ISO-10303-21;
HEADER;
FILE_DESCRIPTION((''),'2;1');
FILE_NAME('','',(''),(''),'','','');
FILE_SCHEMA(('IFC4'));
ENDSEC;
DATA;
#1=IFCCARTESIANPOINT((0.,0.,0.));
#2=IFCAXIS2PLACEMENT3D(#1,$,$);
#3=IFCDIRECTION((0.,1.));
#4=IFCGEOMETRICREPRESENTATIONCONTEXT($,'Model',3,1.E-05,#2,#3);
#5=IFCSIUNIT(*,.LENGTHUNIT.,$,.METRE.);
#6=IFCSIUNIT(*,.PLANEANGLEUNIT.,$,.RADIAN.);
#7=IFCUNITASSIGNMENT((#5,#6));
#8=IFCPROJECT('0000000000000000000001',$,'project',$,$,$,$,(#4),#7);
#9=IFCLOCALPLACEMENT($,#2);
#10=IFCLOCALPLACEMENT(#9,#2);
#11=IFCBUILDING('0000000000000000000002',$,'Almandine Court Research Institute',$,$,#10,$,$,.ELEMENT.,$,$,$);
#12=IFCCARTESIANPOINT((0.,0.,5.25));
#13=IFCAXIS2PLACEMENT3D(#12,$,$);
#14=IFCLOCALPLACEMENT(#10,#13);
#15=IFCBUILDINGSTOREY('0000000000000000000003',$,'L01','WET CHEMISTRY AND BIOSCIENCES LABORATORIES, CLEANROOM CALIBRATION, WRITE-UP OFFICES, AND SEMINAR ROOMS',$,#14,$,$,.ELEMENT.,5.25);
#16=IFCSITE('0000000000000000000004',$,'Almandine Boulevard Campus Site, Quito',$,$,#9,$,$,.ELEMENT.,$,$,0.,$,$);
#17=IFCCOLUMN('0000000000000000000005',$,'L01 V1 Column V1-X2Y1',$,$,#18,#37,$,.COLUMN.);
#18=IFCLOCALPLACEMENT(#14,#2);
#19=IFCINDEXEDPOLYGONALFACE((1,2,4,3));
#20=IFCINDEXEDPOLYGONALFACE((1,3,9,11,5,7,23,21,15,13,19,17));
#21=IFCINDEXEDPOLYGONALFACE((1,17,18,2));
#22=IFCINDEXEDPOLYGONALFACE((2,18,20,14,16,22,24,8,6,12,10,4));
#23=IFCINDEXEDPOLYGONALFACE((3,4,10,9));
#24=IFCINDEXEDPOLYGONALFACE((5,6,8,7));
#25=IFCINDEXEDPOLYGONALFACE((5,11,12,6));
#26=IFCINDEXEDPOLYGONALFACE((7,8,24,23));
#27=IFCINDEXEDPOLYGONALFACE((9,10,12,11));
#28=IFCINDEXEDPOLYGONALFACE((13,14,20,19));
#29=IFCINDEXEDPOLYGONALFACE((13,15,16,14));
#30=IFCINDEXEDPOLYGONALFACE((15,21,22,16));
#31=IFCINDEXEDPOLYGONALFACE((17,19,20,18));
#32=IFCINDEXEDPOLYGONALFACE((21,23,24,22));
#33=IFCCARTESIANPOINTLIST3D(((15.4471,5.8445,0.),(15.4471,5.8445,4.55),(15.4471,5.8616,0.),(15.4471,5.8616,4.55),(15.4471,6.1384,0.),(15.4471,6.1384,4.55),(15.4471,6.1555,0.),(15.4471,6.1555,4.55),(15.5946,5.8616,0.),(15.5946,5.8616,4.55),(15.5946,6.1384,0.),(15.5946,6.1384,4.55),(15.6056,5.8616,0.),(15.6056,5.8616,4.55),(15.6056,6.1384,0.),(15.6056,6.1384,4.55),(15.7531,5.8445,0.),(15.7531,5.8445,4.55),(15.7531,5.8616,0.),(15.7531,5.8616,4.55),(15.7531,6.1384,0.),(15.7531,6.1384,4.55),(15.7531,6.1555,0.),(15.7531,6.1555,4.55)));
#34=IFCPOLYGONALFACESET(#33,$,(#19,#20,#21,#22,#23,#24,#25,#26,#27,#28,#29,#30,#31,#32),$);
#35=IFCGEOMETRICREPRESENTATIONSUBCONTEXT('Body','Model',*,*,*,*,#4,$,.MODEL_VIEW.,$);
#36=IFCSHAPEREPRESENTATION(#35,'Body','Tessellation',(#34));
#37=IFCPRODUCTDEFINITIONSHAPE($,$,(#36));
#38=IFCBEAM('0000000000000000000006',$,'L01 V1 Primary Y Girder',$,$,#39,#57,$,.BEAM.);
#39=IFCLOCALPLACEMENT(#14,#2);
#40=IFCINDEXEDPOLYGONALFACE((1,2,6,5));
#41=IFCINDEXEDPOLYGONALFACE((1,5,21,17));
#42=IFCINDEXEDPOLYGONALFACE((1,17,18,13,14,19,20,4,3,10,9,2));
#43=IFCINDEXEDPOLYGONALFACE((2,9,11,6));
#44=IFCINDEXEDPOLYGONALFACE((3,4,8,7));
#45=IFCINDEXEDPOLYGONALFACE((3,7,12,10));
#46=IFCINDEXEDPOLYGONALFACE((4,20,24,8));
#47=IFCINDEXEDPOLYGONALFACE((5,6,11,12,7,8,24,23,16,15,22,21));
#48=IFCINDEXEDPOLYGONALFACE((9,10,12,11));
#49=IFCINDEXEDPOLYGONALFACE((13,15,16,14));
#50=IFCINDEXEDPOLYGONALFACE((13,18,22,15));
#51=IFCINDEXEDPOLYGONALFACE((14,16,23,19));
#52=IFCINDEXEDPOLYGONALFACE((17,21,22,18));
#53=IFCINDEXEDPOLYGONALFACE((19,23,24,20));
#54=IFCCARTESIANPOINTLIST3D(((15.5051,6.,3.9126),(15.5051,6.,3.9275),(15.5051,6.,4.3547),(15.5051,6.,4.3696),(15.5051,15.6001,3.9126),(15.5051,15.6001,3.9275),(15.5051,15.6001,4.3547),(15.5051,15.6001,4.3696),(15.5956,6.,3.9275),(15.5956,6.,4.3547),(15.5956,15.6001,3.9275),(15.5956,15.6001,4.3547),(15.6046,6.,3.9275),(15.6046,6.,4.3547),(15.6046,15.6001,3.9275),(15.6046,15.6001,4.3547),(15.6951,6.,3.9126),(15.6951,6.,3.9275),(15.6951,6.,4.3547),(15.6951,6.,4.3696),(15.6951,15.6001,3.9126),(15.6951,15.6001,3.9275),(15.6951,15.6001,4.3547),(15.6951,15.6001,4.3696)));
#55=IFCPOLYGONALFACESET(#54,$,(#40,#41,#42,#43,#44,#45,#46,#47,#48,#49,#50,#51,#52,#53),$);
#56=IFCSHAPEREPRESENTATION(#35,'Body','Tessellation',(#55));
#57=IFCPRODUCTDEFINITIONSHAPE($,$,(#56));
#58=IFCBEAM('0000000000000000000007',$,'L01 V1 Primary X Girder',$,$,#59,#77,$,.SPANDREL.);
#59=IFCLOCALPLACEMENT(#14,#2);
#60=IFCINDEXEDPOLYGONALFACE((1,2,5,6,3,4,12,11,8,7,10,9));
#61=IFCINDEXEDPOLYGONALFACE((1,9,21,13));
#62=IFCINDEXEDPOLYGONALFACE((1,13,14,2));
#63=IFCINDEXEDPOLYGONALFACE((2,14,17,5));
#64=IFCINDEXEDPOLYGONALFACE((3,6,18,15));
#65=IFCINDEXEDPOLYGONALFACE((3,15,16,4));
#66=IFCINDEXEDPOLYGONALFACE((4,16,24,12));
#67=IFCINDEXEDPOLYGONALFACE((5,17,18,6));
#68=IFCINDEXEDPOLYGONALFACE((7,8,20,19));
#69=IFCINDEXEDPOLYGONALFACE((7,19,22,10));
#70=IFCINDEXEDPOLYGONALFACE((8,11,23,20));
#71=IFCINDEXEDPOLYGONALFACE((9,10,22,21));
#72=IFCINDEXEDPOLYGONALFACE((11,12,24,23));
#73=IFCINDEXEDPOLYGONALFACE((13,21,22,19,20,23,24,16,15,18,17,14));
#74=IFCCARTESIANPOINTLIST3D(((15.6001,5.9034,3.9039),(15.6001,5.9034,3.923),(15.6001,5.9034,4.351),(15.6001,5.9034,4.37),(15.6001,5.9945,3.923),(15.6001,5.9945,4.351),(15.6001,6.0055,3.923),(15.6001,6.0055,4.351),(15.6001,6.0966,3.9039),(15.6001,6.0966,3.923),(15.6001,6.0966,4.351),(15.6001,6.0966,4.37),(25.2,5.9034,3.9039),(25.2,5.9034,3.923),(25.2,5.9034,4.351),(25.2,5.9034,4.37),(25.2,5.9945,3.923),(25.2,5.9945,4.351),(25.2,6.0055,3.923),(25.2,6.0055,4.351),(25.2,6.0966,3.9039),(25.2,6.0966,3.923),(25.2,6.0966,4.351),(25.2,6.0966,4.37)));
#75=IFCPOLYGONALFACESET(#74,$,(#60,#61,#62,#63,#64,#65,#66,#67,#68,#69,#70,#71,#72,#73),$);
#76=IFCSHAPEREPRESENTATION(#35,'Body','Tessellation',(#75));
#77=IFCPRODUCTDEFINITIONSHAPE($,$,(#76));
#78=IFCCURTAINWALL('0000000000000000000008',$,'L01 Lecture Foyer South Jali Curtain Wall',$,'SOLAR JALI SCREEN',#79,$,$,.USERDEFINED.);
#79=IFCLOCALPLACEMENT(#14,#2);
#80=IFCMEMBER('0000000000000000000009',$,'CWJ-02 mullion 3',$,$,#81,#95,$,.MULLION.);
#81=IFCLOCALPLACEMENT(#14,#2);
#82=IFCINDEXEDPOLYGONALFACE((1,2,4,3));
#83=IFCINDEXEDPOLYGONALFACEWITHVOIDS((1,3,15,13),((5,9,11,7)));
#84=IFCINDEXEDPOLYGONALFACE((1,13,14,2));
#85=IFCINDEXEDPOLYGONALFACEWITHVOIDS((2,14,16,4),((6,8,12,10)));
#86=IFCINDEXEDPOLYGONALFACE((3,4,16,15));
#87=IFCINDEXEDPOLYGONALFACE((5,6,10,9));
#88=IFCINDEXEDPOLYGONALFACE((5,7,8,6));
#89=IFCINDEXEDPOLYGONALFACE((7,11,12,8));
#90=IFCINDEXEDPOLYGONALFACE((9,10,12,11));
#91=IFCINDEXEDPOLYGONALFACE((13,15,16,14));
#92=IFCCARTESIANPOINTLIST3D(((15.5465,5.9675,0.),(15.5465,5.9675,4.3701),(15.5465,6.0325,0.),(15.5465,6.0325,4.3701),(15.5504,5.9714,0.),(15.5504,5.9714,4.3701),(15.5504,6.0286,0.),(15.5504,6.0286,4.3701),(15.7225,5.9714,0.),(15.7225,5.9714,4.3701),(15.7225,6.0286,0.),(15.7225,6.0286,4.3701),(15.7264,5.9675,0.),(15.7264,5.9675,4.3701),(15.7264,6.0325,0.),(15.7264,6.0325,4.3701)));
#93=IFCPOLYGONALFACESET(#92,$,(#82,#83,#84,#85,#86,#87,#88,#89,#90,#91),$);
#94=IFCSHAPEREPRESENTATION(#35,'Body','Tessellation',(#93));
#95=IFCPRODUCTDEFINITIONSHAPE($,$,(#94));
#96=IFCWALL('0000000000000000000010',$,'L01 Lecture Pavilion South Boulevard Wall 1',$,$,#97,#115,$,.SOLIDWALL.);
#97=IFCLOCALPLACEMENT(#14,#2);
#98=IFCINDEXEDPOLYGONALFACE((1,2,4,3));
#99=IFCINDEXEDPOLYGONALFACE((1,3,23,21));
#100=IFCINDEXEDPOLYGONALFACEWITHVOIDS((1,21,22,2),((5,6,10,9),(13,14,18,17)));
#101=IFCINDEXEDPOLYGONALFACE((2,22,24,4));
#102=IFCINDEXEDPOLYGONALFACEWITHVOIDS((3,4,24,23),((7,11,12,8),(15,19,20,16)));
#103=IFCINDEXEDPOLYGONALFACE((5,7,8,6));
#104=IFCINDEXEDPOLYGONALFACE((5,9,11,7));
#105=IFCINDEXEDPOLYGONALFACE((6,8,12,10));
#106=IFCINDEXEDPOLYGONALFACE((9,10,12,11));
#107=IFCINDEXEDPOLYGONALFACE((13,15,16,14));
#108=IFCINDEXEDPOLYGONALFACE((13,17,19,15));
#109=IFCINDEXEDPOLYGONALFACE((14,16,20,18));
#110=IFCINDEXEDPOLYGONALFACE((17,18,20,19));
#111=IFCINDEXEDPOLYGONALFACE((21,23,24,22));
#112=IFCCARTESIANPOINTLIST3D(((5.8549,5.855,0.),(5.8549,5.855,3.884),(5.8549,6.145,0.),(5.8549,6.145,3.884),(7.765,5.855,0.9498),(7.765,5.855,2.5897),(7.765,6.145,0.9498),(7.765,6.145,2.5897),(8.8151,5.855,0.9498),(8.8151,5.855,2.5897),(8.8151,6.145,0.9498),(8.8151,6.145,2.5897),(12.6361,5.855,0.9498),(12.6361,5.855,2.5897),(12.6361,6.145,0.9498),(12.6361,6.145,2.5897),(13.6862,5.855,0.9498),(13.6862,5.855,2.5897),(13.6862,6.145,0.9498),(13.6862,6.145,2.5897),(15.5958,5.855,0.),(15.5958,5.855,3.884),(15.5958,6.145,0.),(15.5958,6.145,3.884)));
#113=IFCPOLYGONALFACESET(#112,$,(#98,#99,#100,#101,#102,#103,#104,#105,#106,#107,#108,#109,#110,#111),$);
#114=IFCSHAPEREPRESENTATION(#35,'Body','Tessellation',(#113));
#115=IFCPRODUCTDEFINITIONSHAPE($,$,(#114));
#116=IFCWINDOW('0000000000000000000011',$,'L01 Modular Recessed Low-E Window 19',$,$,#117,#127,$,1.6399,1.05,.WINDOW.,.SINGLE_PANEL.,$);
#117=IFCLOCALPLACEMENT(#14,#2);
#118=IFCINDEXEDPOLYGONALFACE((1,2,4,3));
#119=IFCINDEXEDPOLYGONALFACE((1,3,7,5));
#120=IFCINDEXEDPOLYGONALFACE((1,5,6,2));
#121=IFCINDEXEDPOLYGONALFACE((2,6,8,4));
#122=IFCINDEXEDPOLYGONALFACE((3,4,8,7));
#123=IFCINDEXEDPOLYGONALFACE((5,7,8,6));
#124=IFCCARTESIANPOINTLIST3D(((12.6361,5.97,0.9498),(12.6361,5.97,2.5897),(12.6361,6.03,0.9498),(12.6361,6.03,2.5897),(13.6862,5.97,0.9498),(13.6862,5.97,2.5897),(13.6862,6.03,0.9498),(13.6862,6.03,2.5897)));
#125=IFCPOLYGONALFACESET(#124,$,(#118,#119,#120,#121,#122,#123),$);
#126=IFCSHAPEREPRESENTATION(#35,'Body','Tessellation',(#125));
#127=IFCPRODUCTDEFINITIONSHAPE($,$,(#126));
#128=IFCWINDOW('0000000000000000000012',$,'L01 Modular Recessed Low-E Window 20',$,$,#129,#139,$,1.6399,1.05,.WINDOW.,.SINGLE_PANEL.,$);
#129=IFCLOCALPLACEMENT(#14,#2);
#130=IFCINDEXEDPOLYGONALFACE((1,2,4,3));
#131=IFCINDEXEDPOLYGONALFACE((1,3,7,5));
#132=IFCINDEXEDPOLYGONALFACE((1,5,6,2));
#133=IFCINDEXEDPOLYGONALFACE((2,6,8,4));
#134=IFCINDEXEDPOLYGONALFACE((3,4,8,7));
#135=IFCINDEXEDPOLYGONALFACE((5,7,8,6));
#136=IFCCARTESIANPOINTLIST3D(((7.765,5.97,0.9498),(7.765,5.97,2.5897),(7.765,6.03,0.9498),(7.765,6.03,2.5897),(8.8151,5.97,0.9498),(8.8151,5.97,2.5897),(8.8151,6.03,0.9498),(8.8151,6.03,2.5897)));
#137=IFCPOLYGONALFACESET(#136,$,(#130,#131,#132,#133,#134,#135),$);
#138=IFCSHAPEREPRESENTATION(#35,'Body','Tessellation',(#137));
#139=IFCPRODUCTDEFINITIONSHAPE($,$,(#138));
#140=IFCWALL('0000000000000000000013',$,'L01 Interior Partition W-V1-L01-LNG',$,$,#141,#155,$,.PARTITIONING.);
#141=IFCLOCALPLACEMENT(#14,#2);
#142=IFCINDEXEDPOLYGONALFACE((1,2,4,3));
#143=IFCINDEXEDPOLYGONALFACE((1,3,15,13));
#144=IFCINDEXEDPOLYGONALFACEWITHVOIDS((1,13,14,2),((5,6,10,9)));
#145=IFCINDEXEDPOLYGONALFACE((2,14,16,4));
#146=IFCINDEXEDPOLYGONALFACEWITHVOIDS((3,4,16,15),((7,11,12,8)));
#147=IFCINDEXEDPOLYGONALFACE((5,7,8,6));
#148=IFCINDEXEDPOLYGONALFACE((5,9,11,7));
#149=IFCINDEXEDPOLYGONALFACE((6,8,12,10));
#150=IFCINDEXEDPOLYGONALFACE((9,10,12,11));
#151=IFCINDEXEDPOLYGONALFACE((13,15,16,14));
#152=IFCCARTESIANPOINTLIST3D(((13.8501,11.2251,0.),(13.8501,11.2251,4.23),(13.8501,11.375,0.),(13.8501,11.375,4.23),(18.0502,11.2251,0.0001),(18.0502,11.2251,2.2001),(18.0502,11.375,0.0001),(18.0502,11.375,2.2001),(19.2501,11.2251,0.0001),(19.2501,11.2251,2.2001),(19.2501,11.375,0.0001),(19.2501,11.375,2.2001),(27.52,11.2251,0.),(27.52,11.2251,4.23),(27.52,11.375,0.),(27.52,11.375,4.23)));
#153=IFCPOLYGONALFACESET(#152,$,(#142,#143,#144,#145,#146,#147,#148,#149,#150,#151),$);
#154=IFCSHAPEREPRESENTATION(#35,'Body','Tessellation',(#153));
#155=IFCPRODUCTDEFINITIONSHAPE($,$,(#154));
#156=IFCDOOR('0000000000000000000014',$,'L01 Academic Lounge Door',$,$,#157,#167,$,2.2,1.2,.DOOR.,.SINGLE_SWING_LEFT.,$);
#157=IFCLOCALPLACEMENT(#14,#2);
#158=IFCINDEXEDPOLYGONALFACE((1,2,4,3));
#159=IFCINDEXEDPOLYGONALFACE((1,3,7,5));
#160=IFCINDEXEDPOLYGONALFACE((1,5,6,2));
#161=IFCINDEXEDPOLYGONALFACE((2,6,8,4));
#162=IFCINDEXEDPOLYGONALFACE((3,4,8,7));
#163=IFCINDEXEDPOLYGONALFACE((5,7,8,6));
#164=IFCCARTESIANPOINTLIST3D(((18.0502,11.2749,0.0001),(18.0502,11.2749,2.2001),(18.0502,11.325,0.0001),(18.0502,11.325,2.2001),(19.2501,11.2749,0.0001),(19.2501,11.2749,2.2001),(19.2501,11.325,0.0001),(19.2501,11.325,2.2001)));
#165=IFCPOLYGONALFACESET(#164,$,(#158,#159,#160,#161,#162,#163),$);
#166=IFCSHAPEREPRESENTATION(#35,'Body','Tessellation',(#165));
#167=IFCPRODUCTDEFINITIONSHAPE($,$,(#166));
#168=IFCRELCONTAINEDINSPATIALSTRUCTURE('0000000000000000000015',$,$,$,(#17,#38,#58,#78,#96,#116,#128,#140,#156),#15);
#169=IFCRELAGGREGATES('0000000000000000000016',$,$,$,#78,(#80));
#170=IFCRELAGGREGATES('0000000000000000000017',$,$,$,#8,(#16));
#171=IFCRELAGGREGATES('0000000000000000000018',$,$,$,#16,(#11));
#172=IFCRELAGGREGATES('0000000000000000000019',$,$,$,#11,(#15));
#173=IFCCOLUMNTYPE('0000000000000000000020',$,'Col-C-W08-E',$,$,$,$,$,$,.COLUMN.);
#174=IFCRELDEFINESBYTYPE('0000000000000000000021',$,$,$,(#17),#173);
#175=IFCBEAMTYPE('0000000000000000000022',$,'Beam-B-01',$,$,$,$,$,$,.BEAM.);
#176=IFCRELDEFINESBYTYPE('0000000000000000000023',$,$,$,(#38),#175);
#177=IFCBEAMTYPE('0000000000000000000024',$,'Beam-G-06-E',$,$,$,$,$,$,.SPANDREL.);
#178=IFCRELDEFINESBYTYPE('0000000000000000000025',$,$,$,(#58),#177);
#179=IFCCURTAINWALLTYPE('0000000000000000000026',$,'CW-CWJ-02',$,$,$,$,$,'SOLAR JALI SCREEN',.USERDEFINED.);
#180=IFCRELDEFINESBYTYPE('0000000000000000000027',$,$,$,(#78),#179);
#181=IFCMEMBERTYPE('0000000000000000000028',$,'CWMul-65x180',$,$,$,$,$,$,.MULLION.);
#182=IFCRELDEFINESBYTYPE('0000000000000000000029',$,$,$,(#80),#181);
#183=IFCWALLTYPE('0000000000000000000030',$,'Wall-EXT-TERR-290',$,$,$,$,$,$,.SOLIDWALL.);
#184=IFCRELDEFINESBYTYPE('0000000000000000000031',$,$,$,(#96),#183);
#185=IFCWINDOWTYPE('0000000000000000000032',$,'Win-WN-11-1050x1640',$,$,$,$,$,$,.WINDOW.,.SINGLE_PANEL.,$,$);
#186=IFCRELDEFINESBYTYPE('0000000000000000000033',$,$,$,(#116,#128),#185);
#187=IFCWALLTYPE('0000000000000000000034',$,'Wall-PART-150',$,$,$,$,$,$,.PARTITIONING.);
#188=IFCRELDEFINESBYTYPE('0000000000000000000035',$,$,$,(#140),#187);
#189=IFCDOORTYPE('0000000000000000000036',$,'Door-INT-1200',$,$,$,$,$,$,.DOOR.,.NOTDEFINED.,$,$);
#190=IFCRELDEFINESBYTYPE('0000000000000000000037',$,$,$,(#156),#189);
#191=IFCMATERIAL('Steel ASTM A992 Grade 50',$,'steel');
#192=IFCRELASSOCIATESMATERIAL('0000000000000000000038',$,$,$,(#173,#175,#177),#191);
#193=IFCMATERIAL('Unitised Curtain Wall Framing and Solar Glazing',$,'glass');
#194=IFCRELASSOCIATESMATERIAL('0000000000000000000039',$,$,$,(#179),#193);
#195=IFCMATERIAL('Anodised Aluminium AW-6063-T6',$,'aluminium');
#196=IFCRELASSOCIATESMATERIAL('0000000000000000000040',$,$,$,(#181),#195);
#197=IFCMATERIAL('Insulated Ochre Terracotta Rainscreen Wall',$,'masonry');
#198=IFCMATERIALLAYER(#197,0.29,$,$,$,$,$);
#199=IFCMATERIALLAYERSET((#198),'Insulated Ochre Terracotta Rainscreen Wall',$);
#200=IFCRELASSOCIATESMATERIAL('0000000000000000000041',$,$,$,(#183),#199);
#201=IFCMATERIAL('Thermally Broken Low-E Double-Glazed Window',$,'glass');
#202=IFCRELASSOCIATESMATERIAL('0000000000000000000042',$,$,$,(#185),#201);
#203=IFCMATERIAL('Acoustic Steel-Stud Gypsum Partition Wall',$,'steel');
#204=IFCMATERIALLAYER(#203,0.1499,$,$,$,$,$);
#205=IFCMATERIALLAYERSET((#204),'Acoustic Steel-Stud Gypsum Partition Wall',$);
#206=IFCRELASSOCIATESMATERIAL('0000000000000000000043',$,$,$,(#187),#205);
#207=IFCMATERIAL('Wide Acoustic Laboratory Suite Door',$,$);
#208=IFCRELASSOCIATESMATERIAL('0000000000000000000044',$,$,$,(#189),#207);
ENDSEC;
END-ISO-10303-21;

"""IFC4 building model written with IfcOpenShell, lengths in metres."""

from ifc_helpers import new_model, si_unit, direction, frame, frame_2d, origin, origin_2d, place, context, subcontext, project, spatial, rectangle, hollow_rectangle, i_section, extrude, material, layer, layer_set, material_profile, profile_set, type_object, element, fill, aggregate, save


model = new_model("IFC4")

# Units and contexts
model_context = context("Model", 3, precision=1e-05, world=origin(), true_north=direction((0.0, 1.0)))
body_context = subcontext(model_context, "Body", "Model", "MODEL_VIEW")
ifc_project = project(units=[si_unit("LENGTHUNIT", "METRE"), si_unit("PLANEANGLEUNIT", "RADIAN")], contexts=[model_context])

# Site, building, storey
site_placement = place(None, origin())
site = spatial("IfcSite", under=ifc_project, at=site_placement, Name="Almandine Boulevard Campus Site, Quito", CompositionType="ELEMENT", RefElevation=0.0)
building_placement = place(site_placement, origin())
building = spatial("IfcBuilding", under=site, at=building_placement, Name="Almandine Court Research Institute", CompositionType="ELEMENT")
storey_placement = place(building_placement, frame((0.0, 0.0, 5.25)))
storey = spatial("IfcBuildingStorey", under=building, at=storey_placement, Name="L01", Description="WET CHEMISTRY AND BIOSCIENCES LABORATORIES, CLEANROOM CALIBRATION, WRITE-UP OFFICES, AND SEMINAR ROOMS", CompositionType="ELEMENT", Elevation=5.25)

# Column
ifc_material_1 = material(Name="Steel ASTM A992 Grade 50", Category="steel")
ifc_material_profile_1 = material_profile(ifc_material_1, i_section(OverallWidth=0.3059, OverallDepth=0.311, WebThickness=0.011, FlangeThickness=0.0171, at=origin_2d()), Name="W310x107")
ifc_profile_set_1 = profile_set([ifc_material_profile_1], Name="Steel ASTM A992 Grade 50")
column_type = type_object("IfcColumnType", Name="Col-C-W08-E", PredefinedType="COLUMN", material=ifc_profile_set_1)
column_placement = place(storey_placement, frame((15.6001, 6.0, 0.0), z_axis=(0.0, 0.0, 1.0), x_axis=(1.0, 0.0, 0.0)))
element("IfcColumn", 1, at=column_placement, inside=storey, type_object=column_type, Name="L01 V1 Column V1-X2Y1", PredefinedType="COLUMN", context=body_context, shape_type="SweptSolid", body=[
    extrude(i_section(OverallWidth=0.3059, OverallDepth=0.311, WebThickness=0.011, FlangeThickness=0.0171, at=origin_2d()), origin(), (0.0, 0.0, 1.0), 4.55),
])

# Beams
ifc_material_profile_2 = material_profile(ifc_material_1, i_section(OverallWidth=0.1899, OverallDepth=0.457, WebThickness=0.009, FlangeThickness=0.0149, at=origin_2d()), Name="W460x74")
ifc_profile_set_2 = profile_set([ifc_material_profile_2], Name="Steel ASTM A992 Grade 50")
beam_type_1 = type_object("IfcBeamType", Name="Beam-B-01", PredefinedType="BEAM", material=ifc_profile_set_2)
beam_1_placement = place(storey_placement, frame((15.6001, 6.0, 4.1411), z_axis=(0.0, 1.0, 0.0), x_axis=(-1.0, 0.0, 0.0)))
element("IfcBeam", 2, at=beam_1_placement, inside=storey, type_object=beam_type_1, Name="L01 V1 Primary Y Girder", PredefinedType="BEAM", context=body_context, shape_type="SweptSolid", body=[
    extrude(i_section(OverallWidth=0.1899, OverallDepth=0.457, WebThickness=0.009, FlangeThickness=0.0149, at=origin_2d()), origin(), (0.0, 0.0, 1.0), 9.6001),
])
ifc_material_profile_3 = material_profile(ifc_material_1, i_section(OverallWidth=0.1931, OverallDepth=0.4661, WebThickness=0.011, FlangeThickness=0.019, at=origin_2d()), Name="W460x97")
ifc_profile_set_3 = profile_set([ifc_material_profile_3], Name="Steel ASTM A992 Grade 50")
beam_type_2 = type_object("IfcBeamType", Name="Beam-G-06-E", PredefinedType="SPANDREL", material=ifc_profile_set_3)
beam_2_placement = place(storey_placement, frame((15.6001, 6.0, 4.137), z_axis=(1.0, 0.0, 0.0), x_axis=(0.0, 1.0, 0.0)))
element("IfcBeam", 3, at=beam_2_placement, inside=storey, type_object=beam_type_2, Name="L01 V1 Primary X Girder", PredefinedType="SPANDREL", context=body_context, shape_type="SweptSolid", body=[
    extrude(i_section(OverallWidth=0.1931, OverallDepth=0.4661, WebThickness=0.011, FlangeThickness=0.019, at=origin_2d()), origin(), (0.0, 0.0, 1.0), 9.5999),
])

# Curtain wall, member
ifc_material_2 = material(Name="Unitised Curtain Wall Framing and Solar Glazing", Category="glass")
curtain_wall_type = type_object("IfcCurtainWallType", Name="CW-CWJ-02", ElementType="SOLAR JALI SCREEN", PredefinedType="USERDEFINED", material=ifc_material_2)
curtain_wall_placement = place(storey_placement, origin())
curtain_wall = element("IfcCurtainWall", 4, at=curtain_wall_placement, inside=storey, type_object=curtain_wall_type, Name="L01 Lecture Foyer South Jali Curtain Wall", ObjectType="SOLAR JALI SCREEN", PredefinedType="USERDEFINED")
ifc_material_3 = material(Name="Anodised Aluminium AW-6063-T6", Category="aluminium")
ifc_material_profile_4 = material_profile(ifc_material_3, hollow_rectangle(XDim=0.0649, YDim=0.1799, WallThickness=0.0039, at=origin_2d()), Name="ALU RHS 65x180x4")
ifc_profile_set_4 = profile_set([ifc_material_profile_4], Name="Anodised Aluminium AW-6063-T6")
member_type = type_object("IfcMemberType", Name="CWMul-65x180", PredefinedType="MULLION", material=ifc_profile_set_4)
member_placement = place(storey_placement, frame((15.6365, 6.0, 0.0), z_axis=(0.0, 0.0, 1.0), x_axis=(0.0, -1.0, 0.0)))
member = element("IfcMember", 5, at=member_placement, type_object=member_type, Name="CWJ-02 mullion 3", PredefinedType="MULLION", context=body_context, shape_type="SweptSolid", body=[
    extrude(hollow_rectangle(XDim=0.0649, YDim=0.1799, WallThickness=0.0039, at=origin_2d()), origin(), (0.0, 0.0, 1.0), 4.3701),
])
aggregate(curtain_wall, [member])

# Wall, openings, windows
ifc_material_4 = material(Name="Insulated Ochre Terracotta Rainscreen Wall", Category="masonry")
ifc_layer_1 = layer(ifc_material_4, 0.29)
ifc_layer_set_1 = layer_set([ifc_layer_1], Name="Insulated Ochre Terracotta Rainscreen Wall")
wall_type_1 = type_object("IfcWallType", Name="Wall-EXT-TERR-290", PredefinedType="SOLIDWALL", material=ifc_layer_set_1)
wall_1_placement = place(storey_placement, frame((15.5959, 6.0, 0.0), z_axis=(0.0, 0.0, 1.0), x_axis=(-1.0, 0.0, 0.0)))
wall_1 = element("IfcWall", 6, at=wall_1_placement, inside=storey, type_object=wall_type_1, Name="L01 Lecture Pavilion South Boulevard Wall 1", PredefinedType="SOLIDWALL", context=body_context, shape_type="SweptSolid", body=[
    extrude(rectangle(XDim=9.741, YDim=0.29, at=frame_2d((4.8706, 0.0))), origin(), (0.0, 0.0, 1.0), 3.884),
])
opening_1_placement = place(wall_1_placement, frame((1.9099, 0.0, 0.95)))
opening_1 = element("IfcOpeningElement", 7, at=opening_1_placement, cuts=wall_1, PredefinedType="OPENING", context=body_context, shape_type="SweptSolid", body=[
    extrude(rectangle(XDim=1.05, YDim=1.6399, at=frame_2d((0.5249, 0.8198))), frame((0.0, 0.155, 0.0), z_axis=(0.0, -1.0, 0.0), x_axis=(1.0, 0.0, 0.0)), (0.0, 0.0, 1.0), 0.3101),
])
opening_2_placement = place(wall_1_placement, frame((6.781, 0.0, 0.95)))
opening_2 = element("IfcOpeningElement", 8, at=opening_2_placement, cuts=wall_1, PredefinedType="OPENING", context=body_context, shape_type="SweptSolid", body=[
    extrude(rectangle(XDim=1.05, YDim=1.6399, at=frame_2d((0.5249, 0.8198))), frame((0.0, 0.155, 0.0), z_axis=(0.0, -1.0, 0.0), x_axis=(1.0, 0.0, 0.0)), (0.0, 0.0, 1.0), 0.3101),
])
ifc_material_5 = material(Name="Thermally Broken Low-E Double-Glazed Window", Category="glass")
window_type = type_object("IfcWindowType", Name="Win-WN-11-1050x1640", PartitioningType="SINGLE_PANEL", PredefinedType="WINDOW", material=ifc_material_5)
window_1_placement = place(opening_1_placement, origin())
window_1 = element("IfcWindow", 9, at=window_1_placement, inside=storey, type_object=window_type, Name="L01 Modular Recessed Low-E Window 19", OverallHeight=1.6399, OverallWidth=1.05, PartitioningType="SINGLE_PANEL", PredefinedType="WINDOW", context=body_context, shape_type="SweptSolid", body=[
    extrude(rectangle(XDim=1.05, YDim=1.6399, at=frame_2d((0.5249, 0.8198))), frame((0.0, 0.03, 0.0), z_axis=(0.0, -1.0, 0.0), x_axis=(1.0, 0.0, 0.0)), (0.0, 0.0, 1.0), 0.0601),
])
fill(opening_1, window_1)
window_2_placement = place(opening_2_placement, origin())
window_2 = element("IfcWindow", 10, at=window_2_placement, inside=storey, type_object=window_type, Name="L01 Modular Recessed Low-E Window 20", OverallHeight=1.6399, OverallWidth=1.05, PartitioningType="SINGLE_PANEL", PredefinedType="WINDOW", context=body_context, shape_type="SweptSolid", body=[
    extrude(rectangle(XDim=1.05, YDim=1.6399, at=frame_2d((0.5249, 0.8198))), frame((0.0, 0.03, 0.0), z_axis=(0.0, -1.0, 0.0), x_axis=(1.0, 0.0, 0.0)), (0.0, 0.0, 1.0), 0.0601),
])
fill(opening_2, window_2)

# Wall, opening, door
ifc_material_6 = material(Name="Acoustic Steel-Stud Gypsum Partition Wall", Category="steel")
ifc_layer_2 = layer(ifc_material_6, 0.1499)
ifc_layer_set_2 = layer_set([ifc_layer_2], Name="Acoustic Steel-Stud Gypsum Partition Wall")
wall_type_2 = type_object("IfcWallType", Name="Wall-PART-150", PredefinedType="PARTITIONING", material=ifc_layer_set_2)
wall_2_placement = place(storey_placement, frame((13.8501, 11.3, 0.0), z_axis=(0.0, 0.0, 1.0), x_axis=(1.0, 0.0, 0.0)))
wall_2 = element("IfcWall", 11, at=wall_2_placement, inside=storey, type_object=wall_type_2, Name="L01 Interior Partition W-V1-L01-LNG", PredefinedType="PARTITIONING", context=body_context, shape_type="SweptSolid", body=[
    extrude(rectangle(XDim=13.6699, YDim=0.1499, at=frame_2d((6.835, 0.0))), origin(), (0.0, 0.0, 1.0), 4.23),
])
opening_3_placement = place(wall_2_placement, frame((4.2, 0.0, 0.0)))
opening_3 = element("IfcOpeningElement", 12, at=opening_3_placement, cuts=wall_2, PredefinedType="OPENING", context=body_context, shape_type="SweptSolid", body=[
    extrude(rectangle(XDim=1.2, YDim=2.2, at=frame_2d((0.6001, 1.1001))), frame((0.0, 0.085, 0.0), z_axis=(0.0, -1.0, 0.0), x_axis=(1.0, 0.0, 0.0)), (0.0, 0.0, 1.0), 0.1699),
])
ifc_material_7 = material(Name="Wide Acoustic Laboratory Suite Door")
door_type_1 = type_object("IfcDoorType", Name="Door-INT-1200", OperationType="NOTDEFINED", PredefinedType="DOOR", material=ifc_material_7)
door_1_placement = place(opening_3_placement, origin())
door_1 = element("IfcDoor", 13, at=door_1_placement, inside=storey, type_object=door_type_1, Name="L01 Academic Lounge Door", OperationType="SINGLE_SWING_LEFT", OverallHeight=2.2, OverallWidth=1.2, PredefinedType="DOOR", context=body_context, shape_type="SweptSolid", body=[
    extrude(rectangle(XDim=1.2, YDim=2.2, at=frame_2d((0.6001, 1.1001))), frame((0.0, 0.0249, 0.0), z_axis=(0.0, -1.0, 0.0), x_axis=(1.0, 0.0, 0.0)), (0.0, 0.0, 1.0), 0.05),
])
fill(opening_3, door_1)

save(model, "model.ifc")
